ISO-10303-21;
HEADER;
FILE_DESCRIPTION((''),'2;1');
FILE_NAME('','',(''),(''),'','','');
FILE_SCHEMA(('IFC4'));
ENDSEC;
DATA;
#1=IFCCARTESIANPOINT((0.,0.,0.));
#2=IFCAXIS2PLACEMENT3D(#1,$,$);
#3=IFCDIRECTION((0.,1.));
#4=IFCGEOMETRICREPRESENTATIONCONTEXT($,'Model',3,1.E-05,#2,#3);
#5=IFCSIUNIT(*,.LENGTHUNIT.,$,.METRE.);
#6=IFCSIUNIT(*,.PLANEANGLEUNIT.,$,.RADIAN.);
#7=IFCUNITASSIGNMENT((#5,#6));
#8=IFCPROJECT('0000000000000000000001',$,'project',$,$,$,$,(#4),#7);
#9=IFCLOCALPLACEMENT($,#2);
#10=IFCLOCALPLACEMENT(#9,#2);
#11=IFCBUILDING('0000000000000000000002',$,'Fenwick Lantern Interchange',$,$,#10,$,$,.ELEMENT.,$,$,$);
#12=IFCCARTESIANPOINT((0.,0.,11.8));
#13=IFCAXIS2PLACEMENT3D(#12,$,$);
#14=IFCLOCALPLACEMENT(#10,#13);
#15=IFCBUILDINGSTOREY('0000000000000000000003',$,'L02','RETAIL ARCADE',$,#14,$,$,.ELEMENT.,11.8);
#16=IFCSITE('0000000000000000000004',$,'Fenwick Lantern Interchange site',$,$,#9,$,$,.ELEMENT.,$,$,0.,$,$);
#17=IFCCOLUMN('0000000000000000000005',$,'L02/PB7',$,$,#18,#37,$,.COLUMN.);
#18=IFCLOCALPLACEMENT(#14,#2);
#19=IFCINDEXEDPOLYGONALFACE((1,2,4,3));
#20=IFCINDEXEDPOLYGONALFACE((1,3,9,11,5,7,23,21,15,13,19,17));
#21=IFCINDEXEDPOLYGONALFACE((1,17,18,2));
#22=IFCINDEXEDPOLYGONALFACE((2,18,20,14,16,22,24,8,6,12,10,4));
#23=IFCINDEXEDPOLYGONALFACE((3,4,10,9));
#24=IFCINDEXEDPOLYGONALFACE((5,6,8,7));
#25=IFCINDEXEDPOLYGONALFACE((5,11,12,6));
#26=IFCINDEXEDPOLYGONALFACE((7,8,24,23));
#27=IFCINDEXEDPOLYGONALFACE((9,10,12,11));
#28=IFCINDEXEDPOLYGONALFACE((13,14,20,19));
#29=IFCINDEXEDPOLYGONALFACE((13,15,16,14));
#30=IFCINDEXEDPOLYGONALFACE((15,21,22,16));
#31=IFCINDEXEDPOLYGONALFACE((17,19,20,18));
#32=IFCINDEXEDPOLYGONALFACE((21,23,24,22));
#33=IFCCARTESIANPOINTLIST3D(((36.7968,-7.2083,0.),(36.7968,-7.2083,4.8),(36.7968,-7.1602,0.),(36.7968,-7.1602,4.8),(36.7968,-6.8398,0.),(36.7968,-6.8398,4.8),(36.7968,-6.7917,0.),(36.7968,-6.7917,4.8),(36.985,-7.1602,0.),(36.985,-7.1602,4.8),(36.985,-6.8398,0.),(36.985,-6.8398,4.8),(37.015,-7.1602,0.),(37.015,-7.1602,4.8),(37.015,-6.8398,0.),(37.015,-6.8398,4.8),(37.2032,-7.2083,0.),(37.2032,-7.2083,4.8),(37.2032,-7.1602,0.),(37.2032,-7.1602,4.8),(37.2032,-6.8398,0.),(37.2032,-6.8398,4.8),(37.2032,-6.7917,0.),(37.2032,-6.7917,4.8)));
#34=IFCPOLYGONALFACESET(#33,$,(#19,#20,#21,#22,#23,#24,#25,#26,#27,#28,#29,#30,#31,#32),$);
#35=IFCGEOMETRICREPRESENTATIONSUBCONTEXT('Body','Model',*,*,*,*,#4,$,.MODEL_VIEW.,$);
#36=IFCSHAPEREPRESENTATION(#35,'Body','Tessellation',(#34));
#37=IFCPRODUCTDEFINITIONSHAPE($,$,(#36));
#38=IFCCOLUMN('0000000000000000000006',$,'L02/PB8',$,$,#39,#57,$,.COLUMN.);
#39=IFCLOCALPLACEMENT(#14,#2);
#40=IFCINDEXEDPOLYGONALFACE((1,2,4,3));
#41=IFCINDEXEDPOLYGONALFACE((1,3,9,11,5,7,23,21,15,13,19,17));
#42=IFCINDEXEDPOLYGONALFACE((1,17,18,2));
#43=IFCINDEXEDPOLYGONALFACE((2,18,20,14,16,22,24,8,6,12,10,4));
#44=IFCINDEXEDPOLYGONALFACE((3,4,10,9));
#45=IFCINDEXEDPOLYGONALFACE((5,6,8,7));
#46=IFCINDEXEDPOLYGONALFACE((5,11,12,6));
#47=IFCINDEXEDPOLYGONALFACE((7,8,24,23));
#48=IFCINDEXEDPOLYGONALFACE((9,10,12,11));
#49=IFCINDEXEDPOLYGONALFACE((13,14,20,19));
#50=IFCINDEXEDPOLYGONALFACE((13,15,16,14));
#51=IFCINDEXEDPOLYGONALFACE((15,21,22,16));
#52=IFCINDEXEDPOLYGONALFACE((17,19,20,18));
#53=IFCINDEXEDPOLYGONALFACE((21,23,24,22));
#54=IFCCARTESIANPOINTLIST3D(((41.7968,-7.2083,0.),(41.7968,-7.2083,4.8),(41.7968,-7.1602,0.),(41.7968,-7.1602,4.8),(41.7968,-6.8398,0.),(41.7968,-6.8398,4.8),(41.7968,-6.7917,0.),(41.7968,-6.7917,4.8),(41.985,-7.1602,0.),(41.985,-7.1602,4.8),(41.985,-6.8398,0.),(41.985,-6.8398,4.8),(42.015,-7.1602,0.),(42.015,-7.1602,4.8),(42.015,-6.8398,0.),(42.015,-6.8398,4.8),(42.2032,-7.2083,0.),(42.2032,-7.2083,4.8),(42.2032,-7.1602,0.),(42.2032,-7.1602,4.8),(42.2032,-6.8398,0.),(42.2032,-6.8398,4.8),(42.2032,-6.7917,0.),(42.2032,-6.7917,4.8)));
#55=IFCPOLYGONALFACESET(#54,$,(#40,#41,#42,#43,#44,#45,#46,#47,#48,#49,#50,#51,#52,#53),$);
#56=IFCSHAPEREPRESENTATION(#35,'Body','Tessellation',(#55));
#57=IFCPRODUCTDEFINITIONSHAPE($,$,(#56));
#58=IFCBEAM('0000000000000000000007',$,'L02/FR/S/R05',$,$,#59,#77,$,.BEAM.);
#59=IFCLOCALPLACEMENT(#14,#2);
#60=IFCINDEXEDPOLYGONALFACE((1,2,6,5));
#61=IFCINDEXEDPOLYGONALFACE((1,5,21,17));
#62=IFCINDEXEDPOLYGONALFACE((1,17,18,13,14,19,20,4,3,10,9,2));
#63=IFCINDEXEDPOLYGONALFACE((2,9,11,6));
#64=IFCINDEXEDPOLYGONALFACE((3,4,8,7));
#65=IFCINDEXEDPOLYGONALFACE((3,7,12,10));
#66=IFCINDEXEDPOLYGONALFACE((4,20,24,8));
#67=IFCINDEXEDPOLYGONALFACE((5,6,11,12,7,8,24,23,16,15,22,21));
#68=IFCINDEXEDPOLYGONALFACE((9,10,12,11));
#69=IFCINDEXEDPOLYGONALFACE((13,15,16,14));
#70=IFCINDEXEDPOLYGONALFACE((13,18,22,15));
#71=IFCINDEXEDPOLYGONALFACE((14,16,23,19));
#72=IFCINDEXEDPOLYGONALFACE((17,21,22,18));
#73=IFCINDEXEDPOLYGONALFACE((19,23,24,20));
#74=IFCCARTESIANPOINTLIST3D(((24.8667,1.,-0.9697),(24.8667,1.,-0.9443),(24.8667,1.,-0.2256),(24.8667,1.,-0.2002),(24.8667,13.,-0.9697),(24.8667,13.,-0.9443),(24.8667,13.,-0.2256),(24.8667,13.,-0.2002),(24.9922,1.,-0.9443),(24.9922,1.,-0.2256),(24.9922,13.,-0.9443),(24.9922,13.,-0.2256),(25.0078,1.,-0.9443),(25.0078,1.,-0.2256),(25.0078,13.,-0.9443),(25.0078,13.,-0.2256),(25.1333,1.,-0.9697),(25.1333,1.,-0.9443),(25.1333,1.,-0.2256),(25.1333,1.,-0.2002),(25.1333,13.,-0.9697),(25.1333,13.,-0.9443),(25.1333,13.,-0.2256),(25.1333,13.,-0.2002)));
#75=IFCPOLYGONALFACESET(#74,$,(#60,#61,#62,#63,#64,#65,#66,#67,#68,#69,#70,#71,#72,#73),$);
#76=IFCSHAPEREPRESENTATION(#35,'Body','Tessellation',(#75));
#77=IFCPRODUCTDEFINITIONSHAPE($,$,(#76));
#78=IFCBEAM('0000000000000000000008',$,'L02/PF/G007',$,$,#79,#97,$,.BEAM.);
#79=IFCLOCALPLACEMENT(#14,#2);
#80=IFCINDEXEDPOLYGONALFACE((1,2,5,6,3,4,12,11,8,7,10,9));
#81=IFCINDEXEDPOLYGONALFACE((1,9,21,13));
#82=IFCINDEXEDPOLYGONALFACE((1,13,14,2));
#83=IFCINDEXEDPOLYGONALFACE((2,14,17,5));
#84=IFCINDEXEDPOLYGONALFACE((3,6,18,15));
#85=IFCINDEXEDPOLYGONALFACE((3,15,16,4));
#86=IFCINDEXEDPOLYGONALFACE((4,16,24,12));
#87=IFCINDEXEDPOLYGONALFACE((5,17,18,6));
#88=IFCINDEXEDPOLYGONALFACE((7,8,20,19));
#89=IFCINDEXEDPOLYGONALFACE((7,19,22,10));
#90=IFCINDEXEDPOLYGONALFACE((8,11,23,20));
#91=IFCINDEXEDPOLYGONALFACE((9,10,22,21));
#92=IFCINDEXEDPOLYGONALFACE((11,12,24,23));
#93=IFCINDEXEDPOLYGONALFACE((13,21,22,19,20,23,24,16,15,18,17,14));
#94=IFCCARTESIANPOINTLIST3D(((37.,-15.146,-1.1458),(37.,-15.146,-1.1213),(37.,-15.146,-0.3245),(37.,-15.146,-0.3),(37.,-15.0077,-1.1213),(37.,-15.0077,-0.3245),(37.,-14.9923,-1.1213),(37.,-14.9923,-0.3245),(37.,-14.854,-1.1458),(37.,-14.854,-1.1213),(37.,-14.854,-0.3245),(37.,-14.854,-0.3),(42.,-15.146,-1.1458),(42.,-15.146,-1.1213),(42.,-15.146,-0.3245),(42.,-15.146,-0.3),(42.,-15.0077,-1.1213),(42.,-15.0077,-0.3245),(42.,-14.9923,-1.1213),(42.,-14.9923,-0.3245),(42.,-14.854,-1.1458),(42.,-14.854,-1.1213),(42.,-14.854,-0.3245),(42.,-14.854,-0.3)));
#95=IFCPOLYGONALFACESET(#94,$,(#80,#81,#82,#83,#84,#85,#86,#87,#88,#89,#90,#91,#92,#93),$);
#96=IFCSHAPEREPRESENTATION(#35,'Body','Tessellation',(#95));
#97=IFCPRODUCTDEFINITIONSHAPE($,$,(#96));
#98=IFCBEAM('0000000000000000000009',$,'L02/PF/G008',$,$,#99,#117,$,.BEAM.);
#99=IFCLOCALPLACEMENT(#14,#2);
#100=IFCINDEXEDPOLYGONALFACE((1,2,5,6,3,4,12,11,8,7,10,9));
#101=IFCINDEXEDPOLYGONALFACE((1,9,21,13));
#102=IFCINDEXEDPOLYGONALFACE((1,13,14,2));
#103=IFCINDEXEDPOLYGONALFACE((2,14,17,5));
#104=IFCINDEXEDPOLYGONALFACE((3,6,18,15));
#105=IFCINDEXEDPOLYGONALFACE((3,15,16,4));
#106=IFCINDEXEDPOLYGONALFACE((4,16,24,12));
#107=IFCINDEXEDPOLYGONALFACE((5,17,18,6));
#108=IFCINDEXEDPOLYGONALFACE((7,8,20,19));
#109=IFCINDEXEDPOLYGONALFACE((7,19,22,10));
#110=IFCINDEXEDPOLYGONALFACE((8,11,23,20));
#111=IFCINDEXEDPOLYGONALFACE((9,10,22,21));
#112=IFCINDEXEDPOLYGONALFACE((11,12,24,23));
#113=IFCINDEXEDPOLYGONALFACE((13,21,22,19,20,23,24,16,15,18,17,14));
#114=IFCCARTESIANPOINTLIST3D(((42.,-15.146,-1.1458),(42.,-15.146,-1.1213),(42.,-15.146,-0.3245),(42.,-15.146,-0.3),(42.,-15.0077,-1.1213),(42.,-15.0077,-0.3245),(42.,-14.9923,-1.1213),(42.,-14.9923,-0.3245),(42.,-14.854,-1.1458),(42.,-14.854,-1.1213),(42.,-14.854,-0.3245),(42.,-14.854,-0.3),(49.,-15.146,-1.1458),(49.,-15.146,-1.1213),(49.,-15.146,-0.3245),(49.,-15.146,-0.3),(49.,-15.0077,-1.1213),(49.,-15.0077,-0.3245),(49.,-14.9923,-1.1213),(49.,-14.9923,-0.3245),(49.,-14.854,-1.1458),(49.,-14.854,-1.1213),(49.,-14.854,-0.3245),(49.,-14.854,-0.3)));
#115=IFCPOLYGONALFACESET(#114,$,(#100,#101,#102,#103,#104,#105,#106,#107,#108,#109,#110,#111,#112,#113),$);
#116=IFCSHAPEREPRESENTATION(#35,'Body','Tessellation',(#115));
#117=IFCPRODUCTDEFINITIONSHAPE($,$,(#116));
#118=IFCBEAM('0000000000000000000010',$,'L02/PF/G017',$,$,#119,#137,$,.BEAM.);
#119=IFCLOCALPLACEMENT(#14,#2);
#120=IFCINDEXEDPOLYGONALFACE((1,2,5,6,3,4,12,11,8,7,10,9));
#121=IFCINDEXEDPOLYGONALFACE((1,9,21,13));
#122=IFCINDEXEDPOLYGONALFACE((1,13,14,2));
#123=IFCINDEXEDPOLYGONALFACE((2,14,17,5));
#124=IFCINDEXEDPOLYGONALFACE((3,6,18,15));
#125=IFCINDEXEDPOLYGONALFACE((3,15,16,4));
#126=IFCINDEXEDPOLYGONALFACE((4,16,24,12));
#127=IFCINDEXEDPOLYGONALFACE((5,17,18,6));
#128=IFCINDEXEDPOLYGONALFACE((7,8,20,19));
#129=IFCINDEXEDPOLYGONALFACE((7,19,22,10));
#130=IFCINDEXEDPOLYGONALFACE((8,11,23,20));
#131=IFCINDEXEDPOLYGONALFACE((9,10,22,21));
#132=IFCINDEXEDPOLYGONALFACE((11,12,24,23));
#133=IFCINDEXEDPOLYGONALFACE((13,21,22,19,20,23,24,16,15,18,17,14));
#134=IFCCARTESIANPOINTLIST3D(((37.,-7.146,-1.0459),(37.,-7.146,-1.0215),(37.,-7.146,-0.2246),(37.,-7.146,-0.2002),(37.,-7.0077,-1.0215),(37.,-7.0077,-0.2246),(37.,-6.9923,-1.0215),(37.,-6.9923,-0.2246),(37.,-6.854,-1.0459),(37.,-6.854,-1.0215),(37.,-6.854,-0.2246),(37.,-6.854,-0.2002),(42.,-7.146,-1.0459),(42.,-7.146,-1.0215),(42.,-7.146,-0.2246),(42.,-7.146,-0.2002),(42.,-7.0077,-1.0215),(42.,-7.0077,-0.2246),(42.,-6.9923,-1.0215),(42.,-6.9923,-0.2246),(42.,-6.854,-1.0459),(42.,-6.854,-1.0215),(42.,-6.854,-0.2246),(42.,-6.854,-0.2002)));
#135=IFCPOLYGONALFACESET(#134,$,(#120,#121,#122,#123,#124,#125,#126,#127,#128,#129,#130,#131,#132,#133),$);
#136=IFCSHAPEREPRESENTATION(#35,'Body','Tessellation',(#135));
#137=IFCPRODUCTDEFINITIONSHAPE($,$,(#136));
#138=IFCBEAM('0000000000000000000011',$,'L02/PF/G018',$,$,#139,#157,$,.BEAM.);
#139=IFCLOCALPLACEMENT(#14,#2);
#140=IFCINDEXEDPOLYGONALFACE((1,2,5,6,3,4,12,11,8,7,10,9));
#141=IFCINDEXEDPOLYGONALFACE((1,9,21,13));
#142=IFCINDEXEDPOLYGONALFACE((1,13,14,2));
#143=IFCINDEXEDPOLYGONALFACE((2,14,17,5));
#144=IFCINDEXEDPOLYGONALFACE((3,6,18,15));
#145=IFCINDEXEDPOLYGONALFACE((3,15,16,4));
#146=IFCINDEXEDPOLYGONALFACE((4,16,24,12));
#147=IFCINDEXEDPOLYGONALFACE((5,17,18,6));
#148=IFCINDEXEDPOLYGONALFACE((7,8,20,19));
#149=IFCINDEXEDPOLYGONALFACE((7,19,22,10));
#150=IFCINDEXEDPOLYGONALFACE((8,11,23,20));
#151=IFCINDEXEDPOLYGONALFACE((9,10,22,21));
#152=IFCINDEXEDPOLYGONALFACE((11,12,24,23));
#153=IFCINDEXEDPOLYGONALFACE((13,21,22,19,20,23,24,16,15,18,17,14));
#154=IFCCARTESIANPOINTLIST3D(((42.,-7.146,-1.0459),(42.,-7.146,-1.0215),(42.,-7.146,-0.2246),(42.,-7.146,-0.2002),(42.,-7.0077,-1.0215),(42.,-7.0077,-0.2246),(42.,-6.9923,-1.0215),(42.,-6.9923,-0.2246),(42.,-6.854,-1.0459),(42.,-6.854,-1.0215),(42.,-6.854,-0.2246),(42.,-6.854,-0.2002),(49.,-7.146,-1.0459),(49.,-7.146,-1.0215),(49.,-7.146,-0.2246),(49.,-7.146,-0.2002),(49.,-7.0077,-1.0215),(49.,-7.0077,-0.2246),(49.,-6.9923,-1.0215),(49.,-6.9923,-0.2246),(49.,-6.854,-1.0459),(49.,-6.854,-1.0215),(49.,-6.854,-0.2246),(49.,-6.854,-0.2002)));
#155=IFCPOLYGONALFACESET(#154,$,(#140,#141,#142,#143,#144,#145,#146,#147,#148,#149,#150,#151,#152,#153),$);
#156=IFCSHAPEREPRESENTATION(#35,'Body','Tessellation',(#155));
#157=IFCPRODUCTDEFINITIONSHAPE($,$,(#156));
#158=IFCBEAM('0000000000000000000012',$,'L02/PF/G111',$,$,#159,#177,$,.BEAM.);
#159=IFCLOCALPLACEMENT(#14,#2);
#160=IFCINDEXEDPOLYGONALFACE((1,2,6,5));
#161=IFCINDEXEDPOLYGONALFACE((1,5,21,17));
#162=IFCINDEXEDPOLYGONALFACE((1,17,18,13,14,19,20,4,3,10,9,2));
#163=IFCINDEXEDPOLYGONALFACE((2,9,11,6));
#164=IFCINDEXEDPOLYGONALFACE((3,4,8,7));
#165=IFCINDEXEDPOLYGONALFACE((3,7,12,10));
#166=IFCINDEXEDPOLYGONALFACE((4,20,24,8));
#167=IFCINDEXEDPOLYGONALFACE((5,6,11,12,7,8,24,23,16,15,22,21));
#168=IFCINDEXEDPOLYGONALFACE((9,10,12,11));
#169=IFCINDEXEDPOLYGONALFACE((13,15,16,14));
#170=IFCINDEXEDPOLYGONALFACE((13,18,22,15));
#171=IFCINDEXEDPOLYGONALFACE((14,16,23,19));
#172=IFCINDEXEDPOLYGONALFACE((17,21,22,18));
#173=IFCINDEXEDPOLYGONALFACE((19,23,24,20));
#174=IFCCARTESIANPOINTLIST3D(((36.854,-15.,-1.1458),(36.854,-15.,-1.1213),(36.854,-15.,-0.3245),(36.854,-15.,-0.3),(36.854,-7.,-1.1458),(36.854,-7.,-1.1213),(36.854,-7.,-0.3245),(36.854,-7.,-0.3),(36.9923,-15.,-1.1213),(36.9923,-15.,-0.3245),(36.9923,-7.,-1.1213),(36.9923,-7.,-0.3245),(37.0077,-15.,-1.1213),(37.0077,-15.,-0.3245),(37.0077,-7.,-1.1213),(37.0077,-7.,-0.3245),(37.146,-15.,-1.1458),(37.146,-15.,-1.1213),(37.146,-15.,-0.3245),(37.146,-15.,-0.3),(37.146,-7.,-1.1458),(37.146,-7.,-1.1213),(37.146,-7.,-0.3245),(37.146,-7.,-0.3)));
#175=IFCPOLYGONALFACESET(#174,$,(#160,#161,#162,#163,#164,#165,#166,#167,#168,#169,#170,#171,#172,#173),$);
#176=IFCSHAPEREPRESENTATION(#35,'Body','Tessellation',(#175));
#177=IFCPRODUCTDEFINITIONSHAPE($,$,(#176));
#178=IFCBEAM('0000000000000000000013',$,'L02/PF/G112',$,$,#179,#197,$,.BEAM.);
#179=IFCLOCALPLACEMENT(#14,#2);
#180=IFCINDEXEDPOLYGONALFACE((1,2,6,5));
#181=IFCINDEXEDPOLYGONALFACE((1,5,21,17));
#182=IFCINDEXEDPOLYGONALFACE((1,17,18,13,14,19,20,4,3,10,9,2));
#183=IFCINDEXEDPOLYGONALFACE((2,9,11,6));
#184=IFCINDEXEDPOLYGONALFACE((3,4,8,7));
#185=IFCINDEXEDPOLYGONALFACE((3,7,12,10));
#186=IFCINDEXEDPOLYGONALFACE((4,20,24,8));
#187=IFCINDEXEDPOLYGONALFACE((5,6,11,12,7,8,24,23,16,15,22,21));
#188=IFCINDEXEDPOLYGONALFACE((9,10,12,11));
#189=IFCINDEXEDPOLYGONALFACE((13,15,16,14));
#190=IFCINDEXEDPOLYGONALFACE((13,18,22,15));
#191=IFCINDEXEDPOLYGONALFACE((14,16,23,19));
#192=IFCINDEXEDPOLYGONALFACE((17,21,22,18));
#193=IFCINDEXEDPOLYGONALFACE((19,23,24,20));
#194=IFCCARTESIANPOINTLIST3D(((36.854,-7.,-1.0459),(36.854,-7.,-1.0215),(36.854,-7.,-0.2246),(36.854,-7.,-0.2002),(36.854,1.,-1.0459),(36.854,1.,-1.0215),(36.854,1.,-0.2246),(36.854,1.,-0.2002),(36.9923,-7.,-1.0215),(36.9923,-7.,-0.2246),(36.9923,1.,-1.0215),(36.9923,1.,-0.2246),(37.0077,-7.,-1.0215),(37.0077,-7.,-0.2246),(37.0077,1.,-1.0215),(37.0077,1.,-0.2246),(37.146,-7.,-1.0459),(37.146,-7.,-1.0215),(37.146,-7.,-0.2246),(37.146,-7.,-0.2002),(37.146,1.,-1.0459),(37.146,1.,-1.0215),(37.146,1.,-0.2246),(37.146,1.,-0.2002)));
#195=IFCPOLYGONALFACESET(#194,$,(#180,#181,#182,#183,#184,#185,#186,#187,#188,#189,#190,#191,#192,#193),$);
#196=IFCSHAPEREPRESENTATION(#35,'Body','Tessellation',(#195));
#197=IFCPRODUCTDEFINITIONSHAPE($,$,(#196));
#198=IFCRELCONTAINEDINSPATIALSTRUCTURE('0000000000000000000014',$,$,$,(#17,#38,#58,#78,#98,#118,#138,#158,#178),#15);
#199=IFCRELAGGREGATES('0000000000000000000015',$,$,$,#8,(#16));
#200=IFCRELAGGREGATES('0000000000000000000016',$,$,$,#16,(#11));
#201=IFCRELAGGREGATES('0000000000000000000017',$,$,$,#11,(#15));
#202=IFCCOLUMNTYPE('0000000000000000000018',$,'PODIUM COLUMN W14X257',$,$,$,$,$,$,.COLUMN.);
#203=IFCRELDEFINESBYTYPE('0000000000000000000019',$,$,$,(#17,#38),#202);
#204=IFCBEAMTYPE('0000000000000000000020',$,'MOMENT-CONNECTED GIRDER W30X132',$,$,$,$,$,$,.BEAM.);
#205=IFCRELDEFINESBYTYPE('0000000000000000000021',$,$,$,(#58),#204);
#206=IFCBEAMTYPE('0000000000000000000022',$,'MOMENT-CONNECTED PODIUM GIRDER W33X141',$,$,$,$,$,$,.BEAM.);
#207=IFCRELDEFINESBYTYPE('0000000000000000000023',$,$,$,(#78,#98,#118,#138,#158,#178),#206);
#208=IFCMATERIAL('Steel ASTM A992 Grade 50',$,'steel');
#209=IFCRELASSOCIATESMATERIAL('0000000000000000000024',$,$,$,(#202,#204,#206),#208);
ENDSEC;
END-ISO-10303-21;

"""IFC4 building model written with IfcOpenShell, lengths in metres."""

from ifc_helpers import new_model, si_unit, direction, frame, origin, origin_2d, place, context, subcontext, project, spatial, i_section, extrude, material, material_profile, profile_set, type_object, element, save


model = new_model("IFC4")

# Units and contexts
model_context = context("Model", 3, precision=1e-05, world=origin(), true_north=direction((0.0, 1.0)))
body_context = subcontext(model_context, "Body", "Model", "MODEL_VIEW")
ifc_project = project(units=[si_unit("LENGTHUNIT", "METRE"), si_unit("PLANEANGLEUNIT", "RADIAN")], contexts=[model_context])

# Site, building, storey
site_placement = place(None, origin())
site = spatial("IfcSite", under=ifc_project, at=site_placement, Name="Fenwick Lantern Interchange site", CompositionType="ELEMENT", RefElevation=0.0)
building_placement = place(site_placement, origin())
building = spatial("IfcBuilding", under=site, at=building_placement, Name="Fenwick Lantern Interchange", CompositionType="ELEMENT")
storey_placement = place(building_placement, frame((0.0, 0.0, 11.8)))
storey = spatial("IfcBuildingStorey", under=building, at=storey_placement, Name="L02", Description="RETAIL ARCADE", CompositionType="ELEMENT", Elevation=11.8)

# Columns
ifc_material_1 = material(Name="Steel ASTM A992 Grade 50", Category="steel")
ifc_material_profile_1 = material_profile(ifc_material_1, i_section(OverallWidth=0.4065, OverallDepth=0.4165, WebThickness=0.03, FlangeThickness=0.0481, at=origin_2d()), Name="W14X257")
ifc_profile_set_1 = profile_set([ifc_material_profile_1], Name="Steel ASTM A992 Grade 50")
column_type = type_object("IfcColumnType", Name="PODIUM COLUMN W14X257", PredefinedType="COLUMN", material=ifc_profile_set_1)
for number, where, z_axis, x_axis, name in (
    (1, (37.0, -7.0, 0.0), (0.0, 0.0, 1.0), (1.0, 0.0, 0.0), "L02/PB7"),
    (2, (42.0, -7.0, 0.0), (0.0, 0.0, 1.0), (1.0, 0.0, 0.0), "L02/PB8"),
):
    element("IfcColumn", number, at=place(storey_placement, frame(where, z_axis=z_axis, x_axis=x_axis)), inside=storey, type_object=column_type, Name=name, PredefinedType="COLUMN", context=body_context, shape_type="SweptSolid", body=[
        extrude(i_section(OverallWidth=0.4065, OverallDepth=0.4165, WebThickness=0.03, FlangeThickness=0.0481, at=origin_2d()), origin(), (0.0, 0.0, 1.0), 4.8),
    ])

# Beams
ifc_material_profile_2 = material_profile(ifc_material_1, i_section(OverallWidth=0.2666, OverallDepth=0.7695, WebThickness=0.0156, FlangeThickness=0.0254, at=origin_2d()), Name="W30X132")
ifc_profile_set_2 = profile_set([ifc_material_profile_2], Name="Steel ASTM A992 Grade 50")
beam_type_1 = type_object("IfcBeamType", Name="MOMENT-CONNECTED GIRDER W30X132", PredefinedType="BEAM", material=ifc_profile_set_2)
beam_1_placement = place(storey_placement, frame((25.0, 1.0, -0.585), z_axis=(0.0, 1.0, 0.0), x_axis=(-1.0, 0.0, 0.0)))
element("IfcBeam", 3, at=beam_1_placement, inside=storey, type_object=beam_type_1, Name="L02/FR/S/R05", PredefinedType="BEAM", context=body_context, shape_type="SweptSolid", body=[
    extrude(i_section(OverallWidth=0.2666, OverallDepth=0.7695, WebThickness=0.0156, FlangeThickness=0.0254, at=origin_2d()), origin(), (0.0, 0.0, 1.0), 12.0),
])
ifc_material_profile_3 = material_profile(ifc_material_1, i_section(OverallWidth=0.292, OverallDepth=0.8457, WebThickness=0.0154, FlangeThickness=0.0244, at=origin_2d()), Name="W33X141")
ifc_profile_set_3 = profile_set([ifc_material_profile_3], Name="Steel ASTM A992 Grade 50")
beam_type_2 = type_object("IfcBeamType", Name="MOMENT-CONNECTED PODIUM GIRDER W33X141", PredefinedType="BEAM", material=ifc_profile_set_3)
beam_2_placement = place(storey_placement, frame((37.0, -15.0, -0.7229), z_axis=(1.0, 0.0, 0.0), x_axis=(0.0, 1.0, 0.0)))
element("IfcBeam", 4, at=beam_2_placement, inside=storey, type_object=beam_type_2, Name="L02/PF/G007", PredefinedType="BEAM", context=body_context, shape_type="SweptSolid", body=[
    extrude(i_section(OverallWidth=0.292, OverallDepth=0.8457, WebThickness=0.0154, FlangeThickness=0.0244, at=origin_2d()), origin(), (0.0, 0.0, 1.0), 5.0),
])
beam_3_placement = place(storey_placement, frame((42.0, -15.0, -0.7229), z_axis=(1.0, 0.0, 0.0), x_axis=(0.0, 1.0, 0.0)))
element("IfcBeam", 5, at=beam_3_placement, inside=storey, type_object=beam_type_2, Name="L02/PF/G008", PredefinedType="BEAM", context=body_context, shape_type="SweptSolid", body=[
    extrude(i_section(OverallWidth=0.292, OverallDepth=0.8457, WebThickness=0.0154, FlangeThickness=0.0244, at=origin_2d()), origin(), (0.0, 0.0, 1.0), 7.0),
])
beam_4_placement = place(storey_placement, frame((37.0, -7.0, -0.623), z_axis=(1.0, 0.0, 0.0), x_axis=(0.0, 1.0, 0.0)))
element("IfcBeam", 6, at=beam_4_placement, inside=storey, type_object=beam_type_2, Name="L02/PF/G017", PredefinedType="BEAM", context=body_context, shape_type="SweptSolid", body=[
    extrude(i_section(OverallWidth=0.292, OverallDepth=0.8457, WebThickness=0.0154, FlangeThickness=0.0244, at=origin_2d()), origin(), (0.0, 0.0, 1.0), 5.0),
])
beam_5_placement = place(storey_placement, frame((42.0, -7.0, -0.623), z_axis=(1.0, 0.0, 0.0), x_axis=(0.0, 1.0, 0.0)))
element("IfcBeam", 7, at=beam_5_placement, inside=storey, type_object=beam_type_2, Name="L02/PF/G018", PredefinedType="BEAM", context=body_context, shape_type="SweptSolid", body=[
    extrude(i_section(OverallWidth=0.292, OverallDepth=0.8457, WebThickness=0.0154, FlangeThickness=0.0244, at=origin_2d()), origin(), (0.0, 0.0, 1.0), 7.0),
])
for number, where, z_axis, x_axis, name in (
    (8, (37.0, -15.0, -0.7229), (0.0, 1.0, 0.0), (-1.0, 0.0, 0.0), "L02/PF/G111"),
    (9, (37.0, -7.0, -0.623), (0.0, 1.0, 0.0), (-1.0, 0.0, 0.0), "L02/PF/G112"),
):
    element("IfcBeam", number, at=place(storey_placement, frame(where, z_axis=z_axis, x_axis=x_axis)), inside=storey, type_object=beam_type_2, Name=name, PredefinedType="BEAM", context=body_context, shape_type="SweptSolid", body=[
        extrude(i_section(OverallWidth=0.292, OverallDepth=0.8457, WebThickness=0.0154, FlangeThickness=0.0244, at=origin_2d()), origin(), (0.0, 0.0, 1.0), 8.0),
    ])

save(model, "model.ifc")
